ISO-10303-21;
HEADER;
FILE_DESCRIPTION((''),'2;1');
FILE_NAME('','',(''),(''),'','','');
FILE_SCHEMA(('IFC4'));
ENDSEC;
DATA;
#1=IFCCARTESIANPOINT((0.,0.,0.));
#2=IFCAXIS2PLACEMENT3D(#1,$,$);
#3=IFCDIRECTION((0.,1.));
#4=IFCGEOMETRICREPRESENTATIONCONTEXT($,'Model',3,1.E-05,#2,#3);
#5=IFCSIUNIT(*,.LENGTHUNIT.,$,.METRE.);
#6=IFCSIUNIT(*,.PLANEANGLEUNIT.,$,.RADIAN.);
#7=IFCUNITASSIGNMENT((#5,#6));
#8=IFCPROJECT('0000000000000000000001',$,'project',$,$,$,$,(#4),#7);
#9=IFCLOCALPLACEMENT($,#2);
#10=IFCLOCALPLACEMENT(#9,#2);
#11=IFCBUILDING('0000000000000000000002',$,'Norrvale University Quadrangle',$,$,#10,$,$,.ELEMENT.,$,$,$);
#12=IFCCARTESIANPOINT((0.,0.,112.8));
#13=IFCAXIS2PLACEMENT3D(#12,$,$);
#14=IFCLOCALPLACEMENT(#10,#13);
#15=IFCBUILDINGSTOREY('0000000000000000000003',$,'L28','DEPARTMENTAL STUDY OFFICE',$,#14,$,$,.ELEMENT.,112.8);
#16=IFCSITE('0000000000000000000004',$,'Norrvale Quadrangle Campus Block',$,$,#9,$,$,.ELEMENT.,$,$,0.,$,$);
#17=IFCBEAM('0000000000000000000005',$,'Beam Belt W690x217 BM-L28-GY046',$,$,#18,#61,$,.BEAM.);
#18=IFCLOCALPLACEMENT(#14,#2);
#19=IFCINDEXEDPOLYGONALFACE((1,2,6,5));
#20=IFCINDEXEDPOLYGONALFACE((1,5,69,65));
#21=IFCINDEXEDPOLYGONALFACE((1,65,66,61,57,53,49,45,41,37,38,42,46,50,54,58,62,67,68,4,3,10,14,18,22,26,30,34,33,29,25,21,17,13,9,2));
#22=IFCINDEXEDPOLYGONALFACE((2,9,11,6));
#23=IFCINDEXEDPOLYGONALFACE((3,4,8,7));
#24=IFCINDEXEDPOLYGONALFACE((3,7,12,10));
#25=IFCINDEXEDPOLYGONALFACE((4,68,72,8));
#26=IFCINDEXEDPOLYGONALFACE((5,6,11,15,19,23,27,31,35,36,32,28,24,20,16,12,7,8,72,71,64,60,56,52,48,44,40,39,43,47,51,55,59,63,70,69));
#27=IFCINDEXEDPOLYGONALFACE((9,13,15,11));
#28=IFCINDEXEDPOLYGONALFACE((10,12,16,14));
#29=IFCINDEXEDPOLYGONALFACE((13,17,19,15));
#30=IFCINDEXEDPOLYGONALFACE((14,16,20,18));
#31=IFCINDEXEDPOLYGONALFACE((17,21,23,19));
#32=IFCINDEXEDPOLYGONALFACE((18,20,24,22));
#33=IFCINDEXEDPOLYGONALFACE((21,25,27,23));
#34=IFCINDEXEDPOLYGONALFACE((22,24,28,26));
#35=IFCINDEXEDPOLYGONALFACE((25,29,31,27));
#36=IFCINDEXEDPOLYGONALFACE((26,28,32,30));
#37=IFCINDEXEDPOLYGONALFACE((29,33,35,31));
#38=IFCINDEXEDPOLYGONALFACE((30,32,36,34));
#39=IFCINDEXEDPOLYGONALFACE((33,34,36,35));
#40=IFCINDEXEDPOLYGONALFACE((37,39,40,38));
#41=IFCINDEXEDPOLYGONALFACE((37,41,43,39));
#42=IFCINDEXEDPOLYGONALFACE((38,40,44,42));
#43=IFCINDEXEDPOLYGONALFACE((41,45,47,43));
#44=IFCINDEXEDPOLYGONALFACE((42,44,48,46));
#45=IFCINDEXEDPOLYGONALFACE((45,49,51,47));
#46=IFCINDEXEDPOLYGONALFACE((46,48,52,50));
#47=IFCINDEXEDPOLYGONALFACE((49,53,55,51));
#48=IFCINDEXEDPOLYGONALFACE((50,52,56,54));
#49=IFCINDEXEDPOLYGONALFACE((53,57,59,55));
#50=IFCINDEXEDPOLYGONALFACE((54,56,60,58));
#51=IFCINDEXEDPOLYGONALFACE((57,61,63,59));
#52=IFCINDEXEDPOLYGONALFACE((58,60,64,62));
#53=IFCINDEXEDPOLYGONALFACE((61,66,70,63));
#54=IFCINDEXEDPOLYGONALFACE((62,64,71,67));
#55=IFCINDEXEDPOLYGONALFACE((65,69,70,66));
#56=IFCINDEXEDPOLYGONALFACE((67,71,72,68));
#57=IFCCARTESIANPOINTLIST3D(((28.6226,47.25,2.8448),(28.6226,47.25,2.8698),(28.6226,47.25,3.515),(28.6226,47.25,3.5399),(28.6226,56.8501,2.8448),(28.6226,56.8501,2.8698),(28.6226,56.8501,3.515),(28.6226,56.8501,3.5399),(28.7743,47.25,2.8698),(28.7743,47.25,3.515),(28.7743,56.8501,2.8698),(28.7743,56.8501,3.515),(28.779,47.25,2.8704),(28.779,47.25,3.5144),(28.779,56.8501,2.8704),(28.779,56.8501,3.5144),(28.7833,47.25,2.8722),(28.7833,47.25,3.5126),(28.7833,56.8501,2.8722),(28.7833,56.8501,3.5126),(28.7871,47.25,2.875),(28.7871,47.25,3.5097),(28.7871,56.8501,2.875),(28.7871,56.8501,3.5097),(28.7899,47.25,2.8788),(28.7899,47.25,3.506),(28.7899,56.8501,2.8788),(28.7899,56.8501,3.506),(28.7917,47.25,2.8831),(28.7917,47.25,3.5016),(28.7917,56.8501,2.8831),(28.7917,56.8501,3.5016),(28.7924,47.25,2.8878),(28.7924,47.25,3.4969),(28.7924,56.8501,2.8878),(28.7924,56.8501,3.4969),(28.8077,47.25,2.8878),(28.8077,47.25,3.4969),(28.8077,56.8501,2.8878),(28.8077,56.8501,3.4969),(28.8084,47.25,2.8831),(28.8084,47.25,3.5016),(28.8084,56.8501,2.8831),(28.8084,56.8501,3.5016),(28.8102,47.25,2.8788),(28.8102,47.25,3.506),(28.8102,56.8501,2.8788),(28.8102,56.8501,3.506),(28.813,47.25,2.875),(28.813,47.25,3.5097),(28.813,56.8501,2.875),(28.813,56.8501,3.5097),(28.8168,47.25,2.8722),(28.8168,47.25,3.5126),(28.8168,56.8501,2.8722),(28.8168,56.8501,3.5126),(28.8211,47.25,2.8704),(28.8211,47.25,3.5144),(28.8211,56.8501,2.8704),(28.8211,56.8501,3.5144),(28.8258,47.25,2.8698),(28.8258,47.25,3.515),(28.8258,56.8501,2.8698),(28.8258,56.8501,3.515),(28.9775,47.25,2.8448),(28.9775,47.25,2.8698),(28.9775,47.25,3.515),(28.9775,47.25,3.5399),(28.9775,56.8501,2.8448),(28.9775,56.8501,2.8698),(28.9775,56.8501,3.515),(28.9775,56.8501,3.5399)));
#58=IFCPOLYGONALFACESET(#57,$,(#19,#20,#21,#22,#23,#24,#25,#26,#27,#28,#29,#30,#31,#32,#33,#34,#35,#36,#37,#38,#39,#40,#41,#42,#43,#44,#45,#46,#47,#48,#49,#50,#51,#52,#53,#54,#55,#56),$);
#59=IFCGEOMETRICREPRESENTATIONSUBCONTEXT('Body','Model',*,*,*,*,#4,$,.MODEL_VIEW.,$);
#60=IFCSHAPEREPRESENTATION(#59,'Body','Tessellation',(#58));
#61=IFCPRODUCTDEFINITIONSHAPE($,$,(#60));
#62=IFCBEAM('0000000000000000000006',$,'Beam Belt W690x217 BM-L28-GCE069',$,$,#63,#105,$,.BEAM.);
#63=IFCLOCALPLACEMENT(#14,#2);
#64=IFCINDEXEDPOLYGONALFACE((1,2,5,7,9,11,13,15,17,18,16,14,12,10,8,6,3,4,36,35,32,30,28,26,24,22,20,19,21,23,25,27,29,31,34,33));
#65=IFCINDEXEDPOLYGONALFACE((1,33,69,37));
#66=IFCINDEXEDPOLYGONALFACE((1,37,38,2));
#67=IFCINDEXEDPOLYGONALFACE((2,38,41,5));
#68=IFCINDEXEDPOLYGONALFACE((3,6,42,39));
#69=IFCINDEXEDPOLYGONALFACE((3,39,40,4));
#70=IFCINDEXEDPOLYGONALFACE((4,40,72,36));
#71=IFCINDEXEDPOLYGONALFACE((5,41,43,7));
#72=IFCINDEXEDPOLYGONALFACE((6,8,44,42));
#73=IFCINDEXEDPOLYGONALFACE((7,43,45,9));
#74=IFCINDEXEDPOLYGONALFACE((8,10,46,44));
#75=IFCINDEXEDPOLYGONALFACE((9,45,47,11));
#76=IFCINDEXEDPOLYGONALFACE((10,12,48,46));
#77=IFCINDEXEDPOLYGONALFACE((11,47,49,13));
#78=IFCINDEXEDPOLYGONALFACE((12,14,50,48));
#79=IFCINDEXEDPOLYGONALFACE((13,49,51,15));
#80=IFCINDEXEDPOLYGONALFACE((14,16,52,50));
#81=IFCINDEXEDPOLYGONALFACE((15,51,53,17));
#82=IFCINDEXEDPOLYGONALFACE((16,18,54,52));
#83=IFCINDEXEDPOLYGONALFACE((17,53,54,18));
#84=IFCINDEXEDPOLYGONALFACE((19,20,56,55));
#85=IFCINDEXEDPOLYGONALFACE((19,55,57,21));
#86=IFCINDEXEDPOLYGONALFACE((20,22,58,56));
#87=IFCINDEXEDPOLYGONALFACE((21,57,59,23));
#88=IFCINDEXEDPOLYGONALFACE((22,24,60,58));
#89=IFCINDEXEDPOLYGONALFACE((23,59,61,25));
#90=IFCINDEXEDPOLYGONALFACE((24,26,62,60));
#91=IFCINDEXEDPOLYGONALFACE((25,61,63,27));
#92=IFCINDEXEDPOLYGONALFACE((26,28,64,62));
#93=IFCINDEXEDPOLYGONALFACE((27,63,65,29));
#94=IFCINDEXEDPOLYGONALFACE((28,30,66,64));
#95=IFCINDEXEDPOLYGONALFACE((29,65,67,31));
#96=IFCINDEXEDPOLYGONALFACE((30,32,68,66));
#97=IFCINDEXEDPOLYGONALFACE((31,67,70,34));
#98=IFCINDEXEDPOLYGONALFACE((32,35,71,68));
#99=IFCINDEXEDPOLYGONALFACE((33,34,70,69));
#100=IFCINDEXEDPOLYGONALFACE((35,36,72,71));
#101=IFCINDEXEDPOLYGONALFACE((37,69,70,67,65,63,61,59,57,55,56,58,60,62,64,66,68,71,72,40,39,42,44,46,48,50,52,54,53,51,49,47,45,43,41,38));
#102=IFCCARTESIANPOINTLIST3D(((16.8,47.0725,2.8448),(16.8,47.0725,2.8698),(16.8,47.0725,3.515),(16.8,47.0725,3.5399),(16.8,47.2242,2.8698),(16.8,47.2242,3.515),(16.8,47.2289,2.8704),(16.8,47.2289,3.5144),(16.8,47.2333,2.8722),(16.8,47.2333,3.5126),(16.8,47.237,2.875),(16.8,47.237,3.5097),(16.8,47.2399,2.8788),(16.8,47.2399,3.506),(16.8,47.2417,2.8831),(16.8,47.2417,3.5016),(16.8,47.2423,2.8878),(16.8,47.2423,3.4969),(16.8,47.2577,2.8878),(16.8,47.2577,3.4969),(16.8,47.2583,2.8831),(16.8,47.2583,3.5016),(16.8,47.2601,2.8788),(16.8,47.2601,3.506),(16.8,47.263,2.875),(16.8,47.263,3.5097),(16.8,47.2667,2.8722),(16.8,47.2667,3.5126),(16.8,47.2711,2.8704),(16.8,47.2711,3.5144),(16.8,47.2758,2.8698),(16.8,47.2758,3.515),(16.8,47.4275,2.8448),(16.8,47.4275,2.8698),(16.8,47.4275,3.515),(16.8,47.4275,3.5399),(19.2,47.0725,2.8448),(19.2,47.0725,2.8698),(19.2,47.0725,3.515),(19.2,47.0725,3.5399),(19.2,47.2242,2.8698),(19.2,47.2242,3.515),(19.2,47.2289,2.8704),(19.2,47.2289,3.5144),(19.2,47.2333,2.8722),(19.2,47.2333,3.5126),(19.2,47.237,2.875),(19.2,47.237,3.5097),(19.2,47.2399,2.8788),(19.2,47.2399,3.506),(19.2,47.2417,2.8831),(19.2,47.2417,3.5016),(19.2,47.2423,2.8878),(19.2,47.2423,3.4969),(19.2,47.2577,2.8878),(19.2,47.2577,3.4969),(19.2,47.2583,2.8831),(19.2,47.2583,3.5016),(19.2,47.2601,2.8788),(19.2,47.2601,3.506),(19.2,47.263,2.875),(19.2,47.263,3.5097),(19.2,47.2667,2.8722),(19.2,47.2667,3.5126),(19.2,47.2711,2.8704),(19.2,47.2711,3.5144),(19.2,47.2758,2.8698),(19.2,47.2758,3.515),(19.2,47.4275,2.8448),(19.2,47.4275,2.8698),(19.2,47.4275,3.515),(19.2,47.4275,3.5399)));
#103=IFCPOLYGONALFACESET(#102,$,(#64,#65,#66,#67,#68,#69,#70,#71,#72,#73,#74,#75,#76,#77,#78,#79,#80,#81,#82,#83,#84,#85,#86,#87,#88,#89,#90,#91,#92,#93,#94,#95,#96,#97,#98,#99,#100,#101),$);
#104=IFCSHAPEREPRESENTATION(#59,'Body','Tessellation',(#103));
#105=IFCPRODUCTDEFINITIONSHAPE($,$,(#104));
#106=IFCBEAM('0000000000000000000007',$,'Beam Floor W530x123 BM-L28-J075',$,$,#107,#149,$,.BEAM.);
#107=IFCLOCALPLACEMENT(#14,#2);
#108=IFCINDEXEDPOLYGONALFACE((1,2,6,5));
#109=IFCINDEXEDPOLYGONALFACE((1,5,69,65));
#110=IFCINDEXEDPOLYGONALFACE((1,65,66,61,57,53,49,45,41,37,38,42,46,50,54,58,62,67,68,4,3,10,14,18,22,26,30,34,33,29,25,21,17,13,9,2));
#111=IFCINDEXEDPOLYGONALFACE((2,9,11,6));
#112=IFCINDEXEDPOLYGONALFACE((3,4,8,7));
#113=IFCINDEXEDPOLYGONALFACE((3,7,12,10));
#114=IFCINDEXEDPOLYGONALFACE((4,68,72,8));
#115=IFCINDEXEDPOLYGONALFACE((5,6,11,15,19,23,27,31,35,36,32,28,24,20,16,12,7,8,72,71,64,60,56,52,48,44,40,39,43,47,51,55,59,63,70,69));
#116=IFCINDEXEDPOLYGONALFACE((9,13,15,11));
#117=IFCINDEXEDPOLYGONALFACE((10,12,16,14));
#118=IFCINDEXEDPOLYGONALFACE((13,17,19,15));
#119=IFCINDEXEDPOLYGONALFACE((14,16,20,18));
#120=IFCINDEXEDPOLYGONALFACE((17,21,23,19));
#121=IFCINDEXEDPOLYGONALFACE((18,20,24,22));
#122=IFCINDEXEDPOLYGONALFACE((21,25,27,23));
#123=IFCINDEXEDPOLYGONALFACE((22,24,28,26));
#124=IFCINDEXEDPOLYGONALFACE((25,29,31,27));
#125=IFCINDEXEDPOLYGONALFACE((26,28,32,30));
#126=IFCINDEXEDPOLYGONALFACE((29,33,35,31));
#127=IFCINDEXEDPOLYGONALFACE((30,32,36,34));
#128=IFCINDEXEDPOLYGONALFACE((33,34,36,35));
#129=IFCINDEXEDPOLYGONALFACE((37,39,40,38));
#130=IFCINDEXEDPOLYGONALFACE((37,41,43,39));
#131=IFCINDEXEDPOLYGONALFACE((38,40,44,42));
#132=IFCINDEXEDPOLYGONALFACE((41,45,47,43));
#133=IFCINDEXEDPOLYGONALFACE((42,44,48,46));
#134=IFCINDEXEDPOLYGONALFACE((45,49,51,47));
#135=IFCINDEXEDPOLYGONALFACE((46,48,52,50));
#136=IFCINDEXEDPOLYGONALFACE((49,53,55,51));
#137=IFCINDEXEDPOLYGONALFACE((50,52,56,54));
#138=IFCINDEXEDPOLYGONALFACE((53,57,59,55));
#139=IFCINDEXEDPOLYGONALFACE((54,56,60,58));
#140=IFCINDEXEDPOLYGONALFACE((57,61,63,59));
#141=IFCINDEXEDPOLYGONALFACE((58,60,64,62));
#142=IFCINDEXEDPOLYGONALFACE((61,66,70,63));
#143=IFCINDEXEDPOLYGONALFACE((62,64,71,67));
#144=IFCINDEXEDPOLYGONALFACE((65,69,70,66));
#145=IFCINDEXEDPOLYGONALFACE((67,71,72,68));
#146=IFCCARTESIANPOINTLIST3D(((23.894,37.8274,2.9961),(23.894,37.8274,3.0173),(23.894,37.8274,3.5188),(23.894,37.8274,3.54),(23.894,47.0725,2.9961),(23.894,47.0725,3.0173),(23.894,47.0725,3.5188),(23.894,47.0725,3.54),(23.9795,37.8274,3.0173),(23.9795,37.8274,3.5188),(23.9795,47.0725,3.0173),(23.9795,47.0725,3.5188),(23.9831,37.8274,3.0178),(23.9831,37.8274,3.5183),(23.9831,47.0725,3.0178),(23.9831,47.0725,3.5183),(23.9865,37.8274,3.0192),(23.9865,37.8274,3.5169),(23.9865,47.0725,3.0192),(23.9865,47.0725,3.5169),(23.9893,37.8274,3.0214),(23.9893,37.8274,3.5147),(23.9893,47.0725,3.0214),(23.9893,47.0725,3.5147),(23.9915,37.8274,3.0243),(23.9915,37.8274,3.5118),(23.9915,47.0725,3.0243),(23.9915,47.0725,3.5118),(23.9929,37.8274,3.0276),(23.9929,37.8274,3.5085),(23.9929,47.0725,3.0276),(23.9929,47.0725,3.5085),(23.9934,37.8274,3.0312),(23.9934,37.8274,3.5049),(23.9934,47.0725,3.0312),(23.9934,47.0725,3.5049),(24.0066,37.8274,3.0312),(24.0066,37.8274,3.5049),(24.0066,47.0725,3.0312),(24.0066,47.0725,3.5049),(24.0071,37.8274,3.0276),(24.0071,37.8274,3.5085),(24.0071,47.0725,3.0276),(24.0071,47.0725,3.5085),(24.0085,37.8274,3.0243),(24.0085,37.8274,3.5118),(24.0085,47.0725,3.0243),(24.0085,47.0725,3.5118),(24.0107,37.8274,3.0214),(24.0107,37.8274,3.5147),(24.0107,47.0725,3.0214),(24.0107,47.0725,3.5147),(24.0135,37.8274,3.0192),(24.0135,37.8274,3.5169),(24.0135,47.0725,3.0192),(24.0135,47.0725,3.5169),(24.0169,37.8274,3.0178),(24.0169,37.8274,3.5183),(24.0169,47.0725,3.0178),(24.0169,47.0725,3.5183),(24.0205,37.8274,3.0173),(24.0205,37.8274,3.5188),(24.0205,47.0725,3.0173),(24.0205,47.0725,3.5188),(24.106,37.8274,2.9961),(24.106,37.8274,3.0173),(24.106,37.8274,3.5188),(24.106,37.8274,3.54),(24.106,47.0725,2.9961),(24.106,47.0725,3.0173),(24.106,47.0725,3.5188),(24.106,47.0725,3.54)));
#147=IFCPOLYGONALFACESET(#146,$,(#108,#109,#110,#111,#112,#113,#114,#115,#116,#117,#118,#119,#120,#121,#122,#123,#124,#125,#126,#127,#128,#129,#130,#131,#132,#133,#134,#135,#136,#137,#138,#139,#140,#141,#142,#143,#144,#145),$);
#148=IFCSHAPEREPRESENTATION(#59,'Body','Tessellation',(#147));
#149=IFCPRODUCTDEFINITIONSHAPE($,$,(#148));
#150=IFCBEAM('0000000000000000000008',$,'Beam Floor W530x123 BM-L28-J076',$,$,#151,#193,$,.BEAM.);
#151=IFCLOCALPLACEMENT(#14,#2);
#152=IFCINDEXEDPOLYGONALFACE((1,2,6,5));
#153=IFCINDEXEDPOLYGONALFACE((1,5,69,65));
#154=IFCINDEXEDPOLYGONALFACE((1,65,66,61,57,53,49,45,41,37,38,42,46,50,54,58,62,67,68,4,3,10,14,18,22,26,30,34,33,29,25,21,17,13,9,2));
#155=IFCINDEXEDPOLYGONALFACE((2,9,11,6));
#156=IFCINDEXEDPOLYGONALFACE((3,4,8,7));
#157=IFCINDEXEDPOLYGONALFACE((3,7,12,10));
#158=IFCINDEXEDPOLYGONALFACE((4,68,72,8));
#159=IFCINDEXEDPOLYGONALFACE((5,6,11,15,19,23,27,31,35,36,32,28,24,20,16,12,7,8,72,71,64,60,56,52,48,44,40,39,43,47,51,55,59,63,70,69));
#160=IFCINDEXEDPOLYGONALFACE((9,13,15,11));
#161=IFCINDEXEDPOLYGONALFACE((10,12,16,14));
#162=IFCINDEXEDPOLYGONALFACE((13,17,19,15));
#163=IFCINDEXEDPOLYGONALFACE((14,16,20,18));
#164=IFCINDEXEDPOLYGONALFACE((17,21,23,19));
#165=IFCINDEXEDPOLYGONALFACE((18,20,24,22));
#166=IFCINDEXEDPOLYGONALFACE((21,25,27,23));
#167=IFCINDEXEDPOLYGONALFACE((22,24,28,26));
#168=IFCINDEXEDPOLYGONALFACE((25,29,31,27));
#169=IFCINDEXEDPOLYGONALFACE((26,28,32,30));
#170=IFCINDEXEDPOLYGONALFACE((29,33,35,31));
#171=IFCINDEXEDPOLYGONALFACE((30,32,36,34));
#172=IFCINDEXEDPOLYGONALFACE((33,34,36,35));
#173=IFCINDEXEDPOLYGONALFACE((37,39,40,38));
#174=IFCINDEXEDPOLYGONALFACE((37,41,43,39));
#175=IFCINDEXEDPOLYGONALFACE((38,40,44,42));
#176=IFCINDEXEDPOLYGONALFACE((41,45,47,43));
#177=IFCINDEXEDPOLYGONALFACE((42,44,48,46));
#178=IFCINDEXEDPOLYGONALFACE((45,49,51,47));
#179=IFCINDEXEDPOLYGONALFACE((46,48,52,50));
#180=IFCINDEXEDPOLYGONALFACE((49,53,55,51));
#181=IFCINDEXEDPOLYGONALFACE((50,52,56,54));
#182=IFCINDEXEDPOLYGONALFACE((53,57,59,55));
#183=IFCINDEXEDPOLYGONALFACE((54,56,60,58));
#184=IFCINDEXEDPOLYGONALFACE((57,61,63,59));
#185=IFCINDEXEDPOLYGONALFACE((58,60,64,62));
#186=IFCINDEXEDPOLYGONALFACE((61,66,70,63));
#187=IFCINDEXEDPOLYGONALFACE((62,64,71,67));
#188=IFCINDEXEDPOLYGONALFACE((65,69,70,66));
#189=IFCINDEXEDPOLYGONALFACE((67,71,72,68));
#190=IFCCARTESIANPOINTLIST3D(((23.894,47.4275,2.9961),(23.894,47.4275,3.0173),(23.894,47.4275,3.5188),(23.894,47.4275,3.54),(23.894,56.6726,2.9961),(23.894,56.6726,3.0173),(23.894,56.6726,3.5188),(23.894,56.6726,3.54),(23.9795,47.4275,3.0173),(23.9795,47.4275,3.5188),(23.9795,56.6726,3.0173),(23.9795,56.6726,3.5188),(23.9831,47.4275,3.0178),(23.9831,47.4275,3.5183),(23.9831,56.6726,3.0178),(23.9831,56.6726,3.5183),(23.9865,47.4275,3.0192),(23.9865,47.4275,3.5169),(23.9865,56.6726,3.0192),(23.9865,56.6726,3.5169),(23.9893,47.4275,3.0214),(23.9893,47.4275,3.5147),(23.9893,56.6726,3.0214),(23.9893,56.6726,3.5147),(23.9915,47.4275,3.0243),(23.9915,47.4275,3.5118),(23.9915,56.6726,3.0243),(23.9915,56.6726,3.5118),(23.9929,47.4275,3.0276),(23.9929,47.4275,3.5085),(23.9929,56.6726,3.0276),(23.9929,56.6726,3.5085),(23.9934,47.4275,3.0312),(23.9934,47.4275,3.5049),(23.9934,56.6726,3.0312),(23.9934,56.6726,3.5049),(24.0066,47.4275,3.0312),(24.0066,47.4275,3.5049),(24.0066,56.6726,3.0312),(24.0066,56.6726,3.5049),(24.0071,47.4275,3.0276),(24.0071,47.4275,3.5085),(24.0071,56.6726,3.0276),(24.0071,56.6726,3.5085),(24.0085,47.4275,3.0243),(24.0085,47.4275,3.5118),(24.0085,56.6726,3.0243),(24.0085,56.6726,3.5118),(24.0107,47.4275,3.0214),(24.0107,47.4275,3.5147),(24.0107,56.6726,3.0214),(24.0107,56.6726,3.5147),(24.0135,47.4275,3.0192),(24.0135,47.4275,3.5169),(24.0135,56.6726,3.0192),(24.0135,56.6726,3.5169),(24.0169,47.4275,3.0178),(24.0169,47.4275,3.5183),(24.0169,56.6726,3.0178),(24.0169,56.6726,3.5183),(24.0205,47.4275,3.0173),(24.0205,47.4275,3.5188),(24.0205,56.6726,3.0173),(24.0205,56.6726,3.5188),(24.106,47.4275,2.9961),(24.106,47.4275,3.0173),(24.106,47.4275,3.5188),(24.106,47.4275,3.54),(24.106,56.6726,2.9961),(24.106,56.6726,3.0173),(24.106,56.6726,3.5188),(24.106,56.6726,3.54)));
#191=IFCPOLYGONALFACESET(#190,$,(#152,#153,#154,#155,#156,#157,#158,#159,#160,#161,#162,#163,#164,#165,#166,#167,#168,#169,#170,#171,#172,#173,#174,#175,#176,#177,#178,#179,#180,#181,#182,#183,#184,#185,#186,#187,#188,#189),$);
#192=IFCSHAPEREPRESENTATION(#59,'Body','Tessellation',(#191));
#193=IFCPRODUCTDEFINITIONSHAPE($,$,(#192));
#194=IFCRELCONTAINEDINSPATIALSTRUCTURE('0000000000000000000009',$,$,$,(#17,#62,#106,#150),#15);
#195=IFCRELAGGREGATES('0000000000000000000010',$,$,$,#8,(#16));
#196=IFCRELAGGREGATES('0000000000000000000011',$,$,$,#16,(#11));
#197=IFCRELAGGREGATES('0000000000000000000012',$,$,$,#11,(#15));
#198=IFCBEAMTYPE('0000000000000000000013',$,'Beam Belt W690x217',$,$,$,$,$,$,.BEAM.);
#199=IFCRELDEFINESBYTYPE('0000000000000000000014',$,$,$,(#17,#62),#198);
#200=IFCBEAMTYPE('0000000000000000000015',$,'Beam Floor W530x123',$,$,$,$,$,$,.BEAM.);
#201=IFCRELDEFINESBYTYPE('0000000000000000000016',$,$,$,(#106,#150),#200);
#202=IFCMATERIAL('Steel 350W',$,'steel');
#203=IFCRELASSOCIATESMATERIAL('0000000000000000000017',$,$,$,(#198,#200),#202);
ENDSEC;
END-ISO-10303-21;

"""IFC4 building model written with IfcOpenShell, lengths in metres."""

from ifc_helpers import new_model, si_unit, direction, frame, origin, origin_2d, place, context, subcontext, project, spatial, i_section, extrude, material, material_profile, profile_set, type_object, element, save


model = new_model("IFC4")

# Units and contexts
model_context = context("Model", 3, precision=1e-05, world=origin(), true_north=direction((0.0, 1.0)))
body_context = subcontext(model_context, "Body", "Model", "MODEL_VIEW")
ifc_project = project(units=[si_unit("LENGTHUNIT", "METRE"), si_unit("PLANEANGLEUNIT", "RADIAN")], contexts=[model_context])

# Site, building, storey
site_placement = place(None, origin())
site = spatial("IfcSite", under=ifc_project, at=site_placement, Name="Norrvale Quadrangle Campus Block", CompositionType="ELEMENT", RefElevation=0.0)
building_placement = place(site_placement, origin())
building = spatial("IfcBuilding", under=site, at=building_placement, Name="Norrvale University Quadrangle", CompositionType="ELEMENT")
storey_placement = place(building_placement, frame((0.0, 0.0, 112.8)))
storey = spatial("IfcBuildingStorey", under=building, at=storey_placement, Name="L28", Description="DEPARTMENTAL STUDY OFFICE", CompositionType="ELEMENT", Elevation=112.8)

# Beams
ifc_material_1 = material(Name="Steel 350W", Category="steel")
ifc_material_profile_1 = material_profile(ifc_material_1, i_section(OverallWidth=0.355, OverallDepth=0.6951, WebThickness=0.0154, FlangeThickness=0.0249, FilletRadius=0.0181, at=origin_2d()), Name="Steel 350W")
ifc_profile_set_1 = profile_set([ifc_material_profile_1], Name="Steel 350W")
beam_type_1 = type_object("IfcBeamType", Name="Beam Belt W690x217", PredefinedType="BEAM", material=ifc_profile_set_1)
beam_1_placement = place(storey_placement, frame((28.8, 47.25, 3.1924), z_axis=(0.0, 1.0, 0.0), x_axis=(-1.0, 0.0, 0.0)))
element("IfcBeam", 1, at=beam_1_placement, inside=storey, type_object=beam_type_1, Name="Beam Belt W690x217 BM-L28-GY046", PredefinedType="BEAM", context=body_context, shape_type="SweptSolid", body=[
    extrude(i_section(OverallWidth=0.355, OverallDepth=0.6951, WebThickness=0.0154, FlangeThickness=0.0249, FilletRadius=0.0181, at=origin_2d()), origin(), (0.0, 0.0, 1.0), 9.6001),
])
beam_2_placement = place(storey_placement, frame((16.8, 47.25, 3.1924), z_axis=(1.0, 0.0, 0.0), x_axis=(0.0, 1.0, 0.0)))
element("IfcBeam", 2, at=beam_2_placement, inside=storey, type_object=beam_type_1, Name="Beam Belt W690x217 BM-L28-GCE069", PredefinedType="BEAM", context=body_context, shape_type="SweptSolid", body=[
    extrude(i_section(OverallWidth=0.355, OverallDepth=0.6951, WebThickness=0.0154, FlangeThickness=0.0249, FilletRadius=0.0181, at=origin_2d()), origin(), (0.0, 0.0, 1.0), 2.3999),
])
ifc_material_profile_2 = material_profile(ifc_material_1, i_section(OverallWidth=0.2119, OverallDepth=0.5439, WebThickness=0.0132, FlangeThickness=0.0212, FilletRadius=0.0139, at=origin_2d()), Name="Steel 350W")
ifc_profile_set_2 = profile_set([ifc_material_profile_2], Name="Steel 350W")
beam_type_2 = type_object("IfcBeamType", Name="Beam Floor W530x123", PredefinedType="BEAM", material=ifc_profile_set_2)
for number, where, z_axis, x_axis, name in (
    (3, (24.0, 37.8274, 3.2681), (0.0, 1.0, 0.0), (-1.0, 0.0, 0.0), "Beam Floor W530x123 BM-L28-J075"),
    (4, (24.0, 47.4275, 3.2681), (0.0, 1.0, 0.0), (-1.0, 0.0, 0.0), "Beam Floor W530x123 BM-L28-J076"),
):
    element("IfcBeam", number, at=place(storey_placement, frame(where, z_axis=z_axis, x_axis=x_axis)), inside=storey, type_object=beam_type_2, Name=name, PredefinedType="BEAM", context=body_context, shape_type="SweptSolid", body=[
        extrude(i_section(OverallWidth=0.2119, OverallDepth=0.5439, WebThickness=0.0132, FlangeThickness=0.0212, FilletRadius=0.0139, at=origin_2d()), origin(), (0.0, 0.0, 1.0), 9.2451),
    ])

save(model, "model.ifc")
